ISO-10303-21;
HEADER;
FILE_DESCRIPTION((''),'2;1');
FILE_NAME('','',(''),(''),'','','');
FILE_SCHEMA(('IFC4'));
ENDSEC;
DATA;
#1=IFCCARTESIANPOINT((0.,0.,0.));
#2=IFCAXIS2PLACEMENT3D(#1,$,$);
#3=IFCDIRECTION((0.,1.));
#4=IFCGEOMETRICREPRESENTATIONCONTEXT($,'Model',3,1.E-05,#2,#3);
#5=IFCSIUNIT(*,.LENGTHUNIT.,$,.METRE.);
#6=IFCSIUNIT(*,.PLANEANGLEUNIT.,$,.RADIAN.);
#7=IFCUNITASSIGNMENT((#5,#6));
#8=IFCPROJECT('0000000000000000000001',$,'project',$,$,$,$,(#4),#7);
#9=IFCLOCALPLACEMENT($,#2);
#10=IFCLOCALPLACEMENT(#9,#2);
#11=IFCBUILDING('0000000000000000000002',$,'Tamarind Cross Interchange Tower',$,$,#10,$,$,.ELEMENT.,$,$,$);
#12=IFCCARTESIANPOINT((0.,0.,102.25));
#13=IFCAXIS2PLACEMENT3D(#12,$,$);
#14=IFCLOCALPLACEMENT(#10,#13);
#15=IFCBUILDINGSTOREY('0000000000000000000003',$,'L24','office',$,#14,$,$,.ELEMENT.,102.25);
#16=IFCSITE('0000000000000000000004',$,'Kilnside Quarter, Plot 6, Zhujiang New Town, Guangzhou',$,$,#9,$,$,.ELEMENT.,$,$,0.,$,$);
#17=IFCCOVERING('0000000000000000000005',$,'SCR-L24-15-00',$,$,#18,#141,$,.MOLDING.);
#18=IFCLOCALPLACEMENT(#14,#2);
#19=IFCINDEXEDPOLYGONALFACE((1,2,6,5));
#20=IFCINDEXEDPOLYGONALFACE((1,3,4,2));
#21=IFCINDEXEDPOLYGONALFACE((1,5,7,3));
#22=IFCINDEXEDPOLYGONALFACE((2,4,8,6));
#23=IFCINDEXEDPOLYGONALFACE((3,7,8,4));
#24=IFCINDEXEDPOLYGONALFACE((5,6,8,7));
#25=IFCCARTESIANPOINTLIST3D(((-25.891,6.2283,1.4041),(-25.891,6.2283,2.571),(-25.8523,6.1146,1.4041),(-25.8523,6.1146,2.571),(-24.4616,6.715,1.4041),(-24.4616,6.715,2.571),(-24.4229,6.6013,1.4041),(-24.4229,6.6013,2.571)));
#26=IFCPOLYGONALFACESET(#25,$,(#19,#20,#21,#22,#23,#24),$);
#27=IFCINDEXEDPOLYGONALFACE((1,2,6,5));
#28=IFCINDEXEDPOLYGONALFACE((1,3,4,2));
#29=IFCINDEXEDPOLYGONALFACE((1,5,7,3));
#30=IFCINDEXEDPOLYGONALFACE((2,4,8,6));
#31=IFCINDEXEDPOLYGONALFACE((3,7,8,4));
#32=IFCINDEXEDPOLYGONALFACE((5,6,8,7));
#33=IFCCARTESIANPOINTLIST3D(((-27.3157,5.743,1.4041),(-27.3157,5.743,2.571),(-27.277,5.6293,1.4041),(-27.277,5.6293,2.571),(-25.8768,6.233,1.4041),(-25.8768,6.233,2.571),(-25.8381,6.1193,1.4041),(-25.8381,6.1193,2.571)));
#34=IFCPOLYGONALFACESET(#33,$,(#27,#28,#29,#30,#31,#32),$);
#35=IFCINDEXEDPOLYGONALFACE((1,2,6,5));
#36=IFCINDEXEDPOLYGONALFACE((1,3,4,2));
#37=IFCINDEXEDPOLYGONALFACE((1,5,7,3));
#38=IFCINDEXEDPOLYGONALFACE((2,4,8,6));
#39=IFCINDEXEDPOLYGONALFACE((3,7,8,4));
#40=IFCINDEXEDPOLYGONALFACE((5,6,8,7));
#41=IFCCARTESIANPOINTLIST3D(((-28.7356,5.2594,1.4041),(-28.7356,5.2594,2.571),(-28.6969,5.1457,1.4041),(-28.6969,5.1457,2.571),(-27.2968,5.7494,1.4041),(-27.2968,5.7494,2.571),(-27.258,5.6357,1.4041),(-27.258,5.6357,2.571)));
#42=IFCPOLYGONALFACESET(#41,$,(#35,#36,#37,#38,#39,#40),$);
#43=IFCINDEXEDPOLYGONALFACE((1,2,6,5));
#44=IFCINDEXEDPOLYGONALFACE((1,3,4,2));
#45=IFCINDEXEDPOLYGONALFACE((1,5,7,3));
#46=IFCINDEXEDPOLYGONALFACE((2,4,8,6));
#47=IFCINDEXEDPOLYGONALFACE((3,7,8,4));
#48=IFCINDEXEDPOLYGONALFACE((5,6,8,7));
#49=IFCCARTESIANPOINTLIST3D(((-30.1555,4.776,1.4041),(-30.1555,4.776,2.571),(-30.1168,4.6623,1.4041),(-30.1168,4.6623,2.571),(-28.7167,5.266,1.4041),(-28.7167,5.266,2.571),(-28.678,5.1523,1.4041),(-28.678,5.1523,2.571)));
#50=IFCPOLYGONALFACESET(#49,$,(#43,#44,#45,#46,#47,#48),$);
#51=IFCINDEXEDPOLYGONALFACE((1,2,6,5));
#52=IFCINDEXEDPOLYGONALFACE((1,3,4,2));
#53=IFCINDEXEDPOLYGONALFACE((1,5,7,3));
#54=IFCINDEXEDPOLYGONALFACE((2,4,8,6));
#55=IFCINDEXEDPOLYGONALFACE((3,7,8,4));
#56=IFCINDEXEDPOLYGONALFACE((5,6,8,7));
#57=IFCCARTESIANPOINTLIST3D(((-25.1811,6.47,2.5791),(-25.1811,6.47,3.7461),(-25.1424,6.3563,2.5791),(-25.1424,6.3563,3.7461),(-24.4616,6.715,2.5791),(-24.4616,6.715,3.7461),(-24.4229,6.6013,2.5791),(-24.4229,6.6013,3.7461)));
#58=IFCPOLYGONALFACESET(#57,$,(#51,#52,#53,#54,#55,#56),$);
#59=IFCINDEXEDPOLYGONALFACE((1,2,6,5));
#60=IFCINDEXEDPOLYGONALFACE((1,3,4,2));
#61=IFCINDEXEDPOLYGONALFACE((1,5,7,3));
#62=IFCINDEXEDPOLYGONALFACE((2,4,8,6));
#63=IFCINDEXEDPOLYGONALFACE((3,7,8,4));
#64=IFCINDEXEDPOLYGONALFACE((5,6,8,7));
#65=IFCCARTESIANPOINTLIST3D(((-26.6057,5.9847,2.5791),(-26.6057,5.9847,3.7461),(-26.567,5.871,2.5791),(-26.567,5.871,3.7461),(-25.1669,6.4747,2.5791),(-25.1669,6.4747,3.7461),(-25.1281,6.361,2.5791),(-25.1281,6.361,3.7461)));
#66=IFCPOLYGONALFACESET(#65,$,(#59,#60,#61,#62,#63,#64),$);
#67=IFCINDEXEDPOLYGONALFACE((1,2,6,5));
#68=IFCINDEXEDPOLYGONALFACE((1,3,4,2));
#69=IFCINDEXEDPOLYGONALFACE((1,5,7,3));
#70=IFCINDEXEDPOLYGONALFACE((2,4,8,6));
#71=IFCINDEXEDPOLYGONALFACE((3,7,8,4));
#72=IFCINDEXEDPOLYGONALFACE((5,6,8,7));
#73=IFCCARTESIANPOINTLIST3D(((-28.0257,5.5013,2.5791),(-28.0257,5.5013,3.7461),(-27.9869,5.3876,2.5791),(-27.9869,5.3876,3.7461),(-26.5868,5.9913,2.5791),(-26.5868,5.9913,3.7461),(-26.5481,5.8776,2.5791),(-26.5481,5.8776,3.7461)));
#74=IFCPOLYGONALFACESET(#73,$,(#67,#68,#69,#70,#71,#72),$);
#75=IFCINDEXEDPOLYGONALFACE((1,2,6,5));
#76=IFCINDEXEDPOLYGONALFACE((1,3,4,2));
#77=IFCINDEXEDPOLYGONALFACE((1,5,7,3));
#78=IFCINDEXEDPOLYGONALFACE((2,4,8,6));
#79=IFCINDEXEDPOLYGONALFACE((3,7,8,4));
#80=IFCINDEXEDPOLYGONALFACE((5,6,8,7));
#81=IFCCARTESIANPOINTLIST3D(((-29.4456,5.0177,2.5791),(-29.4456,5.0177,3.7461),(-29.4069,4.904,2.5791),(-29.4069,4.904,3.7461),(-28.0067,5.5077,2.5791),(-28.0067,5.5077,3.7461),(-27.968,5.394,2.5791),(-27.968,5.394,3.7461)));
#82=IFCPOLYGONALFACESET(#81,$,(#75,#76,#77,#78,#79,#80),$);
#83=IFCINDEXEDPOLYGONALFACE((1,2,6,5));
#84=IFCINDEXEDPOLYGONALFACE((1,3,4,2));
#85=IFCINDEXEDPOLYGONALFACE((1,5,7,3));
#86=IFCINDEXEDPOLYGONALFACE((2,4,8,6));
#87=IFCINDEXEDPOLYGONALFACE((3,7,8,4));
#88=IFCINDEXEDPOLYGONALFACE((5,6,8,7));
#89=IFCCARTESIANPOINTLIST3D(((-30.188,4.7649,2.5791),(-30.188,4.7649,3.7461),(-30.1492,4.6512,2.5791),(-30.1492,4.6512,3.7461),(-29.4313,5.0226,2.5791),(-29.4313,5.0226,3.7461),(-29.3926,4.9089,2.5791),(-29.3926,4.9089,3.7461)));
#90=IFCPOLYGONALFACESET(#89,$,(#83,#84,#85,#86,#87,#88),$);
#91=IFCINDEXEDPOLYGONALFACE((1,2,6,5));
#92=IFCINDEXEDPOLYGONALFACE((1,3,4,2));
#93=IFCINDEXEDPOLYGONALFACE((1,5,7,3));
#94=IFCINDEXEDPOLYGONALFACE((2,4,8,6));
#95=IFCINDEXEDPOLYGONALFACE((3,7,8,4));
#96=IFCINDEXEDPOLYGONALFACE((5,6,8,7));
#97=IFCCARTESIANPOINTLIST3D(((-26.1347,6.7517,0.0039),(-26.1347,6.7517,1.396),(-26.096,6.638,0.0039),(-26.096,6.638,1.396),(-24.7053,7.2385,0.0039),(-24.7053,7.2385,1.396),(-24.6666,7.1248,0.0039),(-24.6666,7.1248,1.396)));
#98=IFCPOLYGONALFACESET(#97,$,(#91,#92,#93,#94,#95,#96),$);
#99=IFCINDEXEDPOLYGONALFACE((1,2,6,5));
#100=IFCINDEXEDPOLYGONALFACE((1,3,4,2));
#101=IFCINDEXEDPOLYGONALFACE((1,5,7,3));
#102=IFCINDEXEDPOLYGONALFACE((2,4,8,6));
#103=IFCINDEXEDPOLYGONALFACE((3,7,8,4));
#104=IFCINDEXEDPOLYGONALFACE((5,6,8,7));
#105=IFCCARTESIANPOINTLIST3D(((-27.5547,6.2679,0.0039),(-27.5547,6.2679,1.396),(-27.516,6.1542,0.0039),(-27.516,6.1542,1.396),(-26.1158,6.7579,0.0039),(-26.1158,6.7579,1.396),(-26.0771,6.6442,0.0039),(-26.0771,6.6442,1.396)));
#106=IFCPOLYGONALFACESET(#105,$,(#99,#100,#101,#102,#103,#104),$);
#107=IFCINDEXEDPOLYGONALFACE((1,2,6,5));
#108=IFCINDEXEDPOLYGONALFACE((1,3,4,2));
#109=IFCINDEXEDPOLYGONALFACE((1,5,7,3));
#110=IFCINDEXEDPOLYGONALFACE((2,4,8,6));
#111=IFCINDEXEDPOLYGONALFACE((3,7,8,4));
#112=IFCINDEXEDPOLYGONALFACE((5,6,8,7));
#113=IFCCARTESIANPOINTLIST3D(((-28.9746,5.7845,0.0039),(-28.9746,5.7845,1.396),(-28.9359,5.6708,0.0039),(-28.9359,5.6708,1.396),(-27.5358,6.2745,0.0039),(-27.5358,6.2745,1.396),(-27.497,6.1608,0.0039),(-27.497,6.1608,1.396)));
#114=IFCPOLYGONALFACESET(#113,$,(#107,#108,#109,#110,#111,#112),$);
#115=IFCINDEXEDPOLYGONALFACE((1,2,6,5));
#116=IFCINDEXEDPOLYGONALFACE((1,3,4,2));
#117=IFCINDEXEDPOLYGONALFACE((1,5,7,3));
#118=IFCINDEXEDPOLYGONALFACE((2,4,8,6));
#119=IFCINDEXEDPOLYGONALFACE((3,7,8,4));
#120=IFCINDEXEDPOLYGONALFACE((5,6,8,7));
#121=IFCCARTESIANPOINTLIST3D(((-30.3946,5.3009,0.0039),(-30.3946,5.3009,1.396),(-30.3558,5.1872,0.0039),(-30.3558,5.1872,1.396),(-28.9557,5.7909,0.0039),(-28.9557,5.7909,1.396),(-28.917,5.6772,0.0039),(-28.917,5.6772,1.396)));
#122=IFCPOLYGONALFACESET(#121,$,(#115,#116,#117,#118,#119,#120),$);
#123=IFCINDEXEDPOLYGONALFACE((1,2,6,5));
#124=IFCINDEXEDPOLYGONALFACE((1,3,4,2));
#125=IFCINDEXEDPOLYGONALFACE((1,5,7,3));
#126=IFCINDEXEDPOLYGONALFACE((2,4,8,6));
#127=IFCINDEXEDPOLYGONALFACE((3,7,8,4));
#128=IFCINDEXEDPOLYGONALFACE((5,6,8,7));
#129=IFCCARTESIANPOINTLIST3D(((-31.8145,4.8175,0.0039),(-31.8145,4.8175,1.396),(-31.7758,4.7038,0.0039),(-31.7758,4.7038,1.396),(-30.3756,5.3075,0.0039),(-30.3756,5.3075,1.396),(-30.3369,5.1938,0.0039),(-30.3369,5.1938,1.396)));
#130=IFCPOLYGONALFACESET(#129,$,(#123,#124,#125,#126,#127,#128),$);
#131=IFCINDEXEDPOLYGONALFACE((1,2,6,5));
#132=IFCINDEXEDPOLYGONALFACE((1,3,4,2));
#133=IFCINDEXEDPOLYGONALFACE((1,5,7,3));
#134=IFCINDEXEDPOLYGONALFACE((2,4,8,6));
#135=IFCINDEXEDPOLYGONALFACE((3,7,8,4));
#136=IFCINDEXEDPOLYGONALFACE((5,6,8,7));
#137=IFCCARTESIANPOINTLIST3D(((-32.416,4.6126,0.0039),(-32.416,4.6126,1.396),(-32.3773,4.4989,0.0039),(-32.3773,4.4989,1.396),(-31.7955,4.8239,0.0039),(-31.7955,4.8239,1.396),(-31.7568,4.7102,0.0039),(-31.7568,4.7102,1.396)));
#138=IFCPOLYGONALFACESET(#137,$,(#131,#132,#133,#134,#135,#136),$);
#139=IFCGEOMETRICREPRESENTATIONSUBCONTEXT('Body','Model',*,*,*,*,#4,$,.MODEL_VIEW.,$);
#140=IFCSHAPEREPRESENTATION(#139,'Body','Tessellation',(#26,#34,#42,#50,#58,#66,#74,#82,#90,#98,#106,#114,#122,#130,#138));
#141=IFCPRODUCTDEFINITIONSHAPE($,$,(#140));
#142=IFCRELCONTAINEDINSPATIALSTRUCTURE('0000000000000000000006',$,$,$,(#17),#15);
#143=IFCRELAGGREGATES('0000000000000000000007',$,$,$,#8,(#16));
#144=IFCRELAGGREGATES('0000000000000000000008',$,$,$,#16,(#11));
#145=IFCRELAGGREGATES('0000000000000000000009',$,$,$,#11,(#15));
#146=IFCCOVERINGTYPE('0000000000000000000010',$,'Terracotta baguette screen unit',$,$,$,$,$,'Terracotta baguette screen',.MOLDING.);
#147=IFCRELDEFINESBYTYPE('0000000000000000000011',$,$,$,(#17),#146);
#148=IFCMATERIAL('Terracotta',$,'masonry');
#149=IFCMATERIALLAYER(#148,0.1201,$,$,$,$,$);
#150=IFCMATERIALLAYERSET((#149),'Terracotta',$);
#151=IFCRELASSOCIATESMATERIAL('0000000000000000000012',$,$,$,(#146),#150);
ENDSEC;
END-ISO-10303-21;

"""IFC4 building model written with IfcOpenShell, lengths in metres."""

from ifc_helpers import new_model, si_unit, direction, frame, origin, origin_2d, place, context, subcontext, project, spatial, rectangle, extrude, material, layer, layer_set, type_object, element, save


model = new_model("IFC4")

# Units and contexts
model_context = context("Model", 3, precision=1e-05, world=origin(), true_north=direction((0.0, 1.0)))
body_context = subcontext(model_context, "Body", "Model", "MODEL_VIEW")
ifc_project = project(units=[si_unit("LENGTHUNIT", "METRE"), si_unit("PLANEANGLEUNIT", "RADIAN")], contexts=[model_context])

# Site, building, storey
site_placement = place(None, origin())
site = spatial("IfcSite", under=ifc_project, at=site_placement, Name="Kilnside Quarter, Plot 6, Zhujiang New Town, Guangzhou", CompositionType="ELEMENT", RefElevation=0.0)
building_placement = place(site_placement, origin())
building = spatial("IfcBuilding", under=site, at=building_placement, Name="Tamarind Cross Interchange Tower", CompositionType="ELEMENT")
storey_placement = place(building_placement, frame((0.0, 0.0, 102.25)))
storey = spatial("IfcBuildingStorey", under=building, at=storey_placement, Name="L24", Description="office", CompositionType="ELEMENT", Elevation=102.25)

# Covering
ifc_material_1 = material(Name="Terracotta", Category="masonry")
ifc_layer_1 = layer(ifc_material_1, 0.1201)
ifc_layer_set_1 = layer_set([ifc_layer_1], Name="Terracotta")
covering_type = type_object("IfcCoveringType", Name="Terracotta baguette screen unit", ElementType="Terracotta baguette screen", PredefinedType="MOLDING", material=ifc_layer_set_1)
covering_1_placement = place(storey_placement, origin())
element("IfcCovering", 1, at=covering_1_placement, inside=storey, type_object=covering_type, Name="SCR-L24-15-00", PredefinedType="MOLDING", context=body_context, shape_type="SweptSolid", body=[
    extrude(rectangle(XDim=1.51, YDim=0.1201, at=origin_2d()), frame((-25.157, 6.4148, 1.4041), z_axis=(0.0, 0.0, 1.0), x_axis=(-0.946613, -0.322371, 0.0)), (0.0, 0.0, 1.0), 1.167),
    extrude(rectangle(XDim=1.52, YDim=0.1201, at=origin_2d()), frame((-26.5769, 5.9312, 1.4041), z_axis=(0.0, 0.0, 1.0), x_axis=(-0.946613, -0.322371, 0.0)), (0.0, 0.0, 1.0), 1.167),
    extrude(rectangle(XDim=1.52, YDim=0.1201, at=origin_2d()), frame((-27.9968, 5.4475, 1.4041), z_axis=(0.0, 0.0, 1.0), x_axis=(-0.946613, -0.322371, 0.0)), (0.0, 0.0, 1.0), 1.167),
    extrude(rectangle(XDim=1.52, YDim=0.1201, at=origin_2d()), frame((-29.4167, 4.9641, 1.4041), z_axis=(0.0, 0.0, 1.0), x_axis=(-0.946613, -0.322371, 0.0)), (0.0, 0.0, 1.0), 1.167),
    extrude(rectangle(XDim=0.76, YDim=0.1201, at=origin_2d()), frame((-24.802, 6.5356, 2.5791), z_axis=(0.0, 0.0, 1.0), x_axis=(-0.946613, -0.322371, 0.0)), (0.0, 0.0, 1.0), 1.167),
    extrude(rectangle(XDim=1.52, YDim=0.1201, at=origin_2d()), frame((-25.8669, 6.1729, 2.5791), z_axis=(0.0, 0.0, 1.0), x_axis=(-0.946613, -0.322371, 0.0)), (0.0, 0.0, 1.0), 1.167),
    extrude(rectangle(XDim=1.52, YDim=0.1201, at=origin_2d()), frame((-27.2869, 5.6895, 2.5791), z_axis=(0.0, 0.0, 1.0), x_axis=(-0.946613, -0.322371, 0.0)), (0.0, 0.0, 1.0), 1.167),
    extrude(rectangle(XDim=1.52, YDim=0.1201, at=origin_2d()), frame((-28.7068, 5.2058, 2.5791), z_axis=(0.0, 0.0, 1.0), x_axis=(-0.946613, -0.322371, 0.0)), (0.0, 0.0, 1.0), 1.167),
    extrude(rectangle(XDim=0.7993, YDim=0.1201, at=origin_2d()), frame((-29.7903, 4.8369, 2.5791), z_axis=(0.0, 0.0, 1.0), x_axis=(-0.946613, -0.322371, 0.0)), (0.0, 0.0, 1.0), 1.167),
    extrude(rectangle(XDim=1.51, YDim=0.1201, at=origin_2d()), frame((-25.4006, 6.9382, 0.0039), z_axis=(0.0, 0.0, 1.0), x_axis=(-0.946613, -0.322371, 0.0)), (0.0, 0.0, 1.0), 1.3921),
    extrude(rectangle(XDim=1.52, YDim=0.1201, at=origin_2d()), frame((-26.8159, 6.4561, 0.0039), z_axis=(0.0, 0.0, 1.0), x_axis=(-0.946613, -0.322371, 0.0)), (0.0, 0.0, 1.0), 1.3921),
    extrude(rectangle(XDim=1.52, YDim=0.1201, at=origin_2d()), frame((-28.2358, 5.9727, 0.0039), z_axis=(0.0, 0.0, 1.0), x_axis=(-0.946613, -0.322371, 0.0)), (0.0, 0.0, 1.0), 1.3921),
    extrude(rectangle(XDim=1.52, YDim=0.1201, at=origin_2d()), frame((-29.6558, 5.489, 0.0039), z_axis=(0.0, 0.0, 1.0), x_axis=(-0.946613, -0.322371, 0.0)), (0.0, 0.0, 1.0), 1.3921),
    extrude(rectangle(XDim=1.52, YDim=0.1201, at=origin_2d()), frame((-31.0757, 5.0056, 0.0039), z_axis=(0.0, 0.0, 1.0), x_axis=(-0.946613, -0.322371, 0.0)), (0.0, 0.0, 1.0), 1.3921),
    extrude(rectangle(XDim=0.6555, YDim=0.1201, at=origin_2d()), frame((-32.0864, 4.6614, 0.0039), z_axis=(0.0, 0.0, 1.0), x_axis=(-0.946613, -0.322371, 0.0)), (0.0, 0.0, 1.0), 1.3921),
])

save(model, "model.ifc")
